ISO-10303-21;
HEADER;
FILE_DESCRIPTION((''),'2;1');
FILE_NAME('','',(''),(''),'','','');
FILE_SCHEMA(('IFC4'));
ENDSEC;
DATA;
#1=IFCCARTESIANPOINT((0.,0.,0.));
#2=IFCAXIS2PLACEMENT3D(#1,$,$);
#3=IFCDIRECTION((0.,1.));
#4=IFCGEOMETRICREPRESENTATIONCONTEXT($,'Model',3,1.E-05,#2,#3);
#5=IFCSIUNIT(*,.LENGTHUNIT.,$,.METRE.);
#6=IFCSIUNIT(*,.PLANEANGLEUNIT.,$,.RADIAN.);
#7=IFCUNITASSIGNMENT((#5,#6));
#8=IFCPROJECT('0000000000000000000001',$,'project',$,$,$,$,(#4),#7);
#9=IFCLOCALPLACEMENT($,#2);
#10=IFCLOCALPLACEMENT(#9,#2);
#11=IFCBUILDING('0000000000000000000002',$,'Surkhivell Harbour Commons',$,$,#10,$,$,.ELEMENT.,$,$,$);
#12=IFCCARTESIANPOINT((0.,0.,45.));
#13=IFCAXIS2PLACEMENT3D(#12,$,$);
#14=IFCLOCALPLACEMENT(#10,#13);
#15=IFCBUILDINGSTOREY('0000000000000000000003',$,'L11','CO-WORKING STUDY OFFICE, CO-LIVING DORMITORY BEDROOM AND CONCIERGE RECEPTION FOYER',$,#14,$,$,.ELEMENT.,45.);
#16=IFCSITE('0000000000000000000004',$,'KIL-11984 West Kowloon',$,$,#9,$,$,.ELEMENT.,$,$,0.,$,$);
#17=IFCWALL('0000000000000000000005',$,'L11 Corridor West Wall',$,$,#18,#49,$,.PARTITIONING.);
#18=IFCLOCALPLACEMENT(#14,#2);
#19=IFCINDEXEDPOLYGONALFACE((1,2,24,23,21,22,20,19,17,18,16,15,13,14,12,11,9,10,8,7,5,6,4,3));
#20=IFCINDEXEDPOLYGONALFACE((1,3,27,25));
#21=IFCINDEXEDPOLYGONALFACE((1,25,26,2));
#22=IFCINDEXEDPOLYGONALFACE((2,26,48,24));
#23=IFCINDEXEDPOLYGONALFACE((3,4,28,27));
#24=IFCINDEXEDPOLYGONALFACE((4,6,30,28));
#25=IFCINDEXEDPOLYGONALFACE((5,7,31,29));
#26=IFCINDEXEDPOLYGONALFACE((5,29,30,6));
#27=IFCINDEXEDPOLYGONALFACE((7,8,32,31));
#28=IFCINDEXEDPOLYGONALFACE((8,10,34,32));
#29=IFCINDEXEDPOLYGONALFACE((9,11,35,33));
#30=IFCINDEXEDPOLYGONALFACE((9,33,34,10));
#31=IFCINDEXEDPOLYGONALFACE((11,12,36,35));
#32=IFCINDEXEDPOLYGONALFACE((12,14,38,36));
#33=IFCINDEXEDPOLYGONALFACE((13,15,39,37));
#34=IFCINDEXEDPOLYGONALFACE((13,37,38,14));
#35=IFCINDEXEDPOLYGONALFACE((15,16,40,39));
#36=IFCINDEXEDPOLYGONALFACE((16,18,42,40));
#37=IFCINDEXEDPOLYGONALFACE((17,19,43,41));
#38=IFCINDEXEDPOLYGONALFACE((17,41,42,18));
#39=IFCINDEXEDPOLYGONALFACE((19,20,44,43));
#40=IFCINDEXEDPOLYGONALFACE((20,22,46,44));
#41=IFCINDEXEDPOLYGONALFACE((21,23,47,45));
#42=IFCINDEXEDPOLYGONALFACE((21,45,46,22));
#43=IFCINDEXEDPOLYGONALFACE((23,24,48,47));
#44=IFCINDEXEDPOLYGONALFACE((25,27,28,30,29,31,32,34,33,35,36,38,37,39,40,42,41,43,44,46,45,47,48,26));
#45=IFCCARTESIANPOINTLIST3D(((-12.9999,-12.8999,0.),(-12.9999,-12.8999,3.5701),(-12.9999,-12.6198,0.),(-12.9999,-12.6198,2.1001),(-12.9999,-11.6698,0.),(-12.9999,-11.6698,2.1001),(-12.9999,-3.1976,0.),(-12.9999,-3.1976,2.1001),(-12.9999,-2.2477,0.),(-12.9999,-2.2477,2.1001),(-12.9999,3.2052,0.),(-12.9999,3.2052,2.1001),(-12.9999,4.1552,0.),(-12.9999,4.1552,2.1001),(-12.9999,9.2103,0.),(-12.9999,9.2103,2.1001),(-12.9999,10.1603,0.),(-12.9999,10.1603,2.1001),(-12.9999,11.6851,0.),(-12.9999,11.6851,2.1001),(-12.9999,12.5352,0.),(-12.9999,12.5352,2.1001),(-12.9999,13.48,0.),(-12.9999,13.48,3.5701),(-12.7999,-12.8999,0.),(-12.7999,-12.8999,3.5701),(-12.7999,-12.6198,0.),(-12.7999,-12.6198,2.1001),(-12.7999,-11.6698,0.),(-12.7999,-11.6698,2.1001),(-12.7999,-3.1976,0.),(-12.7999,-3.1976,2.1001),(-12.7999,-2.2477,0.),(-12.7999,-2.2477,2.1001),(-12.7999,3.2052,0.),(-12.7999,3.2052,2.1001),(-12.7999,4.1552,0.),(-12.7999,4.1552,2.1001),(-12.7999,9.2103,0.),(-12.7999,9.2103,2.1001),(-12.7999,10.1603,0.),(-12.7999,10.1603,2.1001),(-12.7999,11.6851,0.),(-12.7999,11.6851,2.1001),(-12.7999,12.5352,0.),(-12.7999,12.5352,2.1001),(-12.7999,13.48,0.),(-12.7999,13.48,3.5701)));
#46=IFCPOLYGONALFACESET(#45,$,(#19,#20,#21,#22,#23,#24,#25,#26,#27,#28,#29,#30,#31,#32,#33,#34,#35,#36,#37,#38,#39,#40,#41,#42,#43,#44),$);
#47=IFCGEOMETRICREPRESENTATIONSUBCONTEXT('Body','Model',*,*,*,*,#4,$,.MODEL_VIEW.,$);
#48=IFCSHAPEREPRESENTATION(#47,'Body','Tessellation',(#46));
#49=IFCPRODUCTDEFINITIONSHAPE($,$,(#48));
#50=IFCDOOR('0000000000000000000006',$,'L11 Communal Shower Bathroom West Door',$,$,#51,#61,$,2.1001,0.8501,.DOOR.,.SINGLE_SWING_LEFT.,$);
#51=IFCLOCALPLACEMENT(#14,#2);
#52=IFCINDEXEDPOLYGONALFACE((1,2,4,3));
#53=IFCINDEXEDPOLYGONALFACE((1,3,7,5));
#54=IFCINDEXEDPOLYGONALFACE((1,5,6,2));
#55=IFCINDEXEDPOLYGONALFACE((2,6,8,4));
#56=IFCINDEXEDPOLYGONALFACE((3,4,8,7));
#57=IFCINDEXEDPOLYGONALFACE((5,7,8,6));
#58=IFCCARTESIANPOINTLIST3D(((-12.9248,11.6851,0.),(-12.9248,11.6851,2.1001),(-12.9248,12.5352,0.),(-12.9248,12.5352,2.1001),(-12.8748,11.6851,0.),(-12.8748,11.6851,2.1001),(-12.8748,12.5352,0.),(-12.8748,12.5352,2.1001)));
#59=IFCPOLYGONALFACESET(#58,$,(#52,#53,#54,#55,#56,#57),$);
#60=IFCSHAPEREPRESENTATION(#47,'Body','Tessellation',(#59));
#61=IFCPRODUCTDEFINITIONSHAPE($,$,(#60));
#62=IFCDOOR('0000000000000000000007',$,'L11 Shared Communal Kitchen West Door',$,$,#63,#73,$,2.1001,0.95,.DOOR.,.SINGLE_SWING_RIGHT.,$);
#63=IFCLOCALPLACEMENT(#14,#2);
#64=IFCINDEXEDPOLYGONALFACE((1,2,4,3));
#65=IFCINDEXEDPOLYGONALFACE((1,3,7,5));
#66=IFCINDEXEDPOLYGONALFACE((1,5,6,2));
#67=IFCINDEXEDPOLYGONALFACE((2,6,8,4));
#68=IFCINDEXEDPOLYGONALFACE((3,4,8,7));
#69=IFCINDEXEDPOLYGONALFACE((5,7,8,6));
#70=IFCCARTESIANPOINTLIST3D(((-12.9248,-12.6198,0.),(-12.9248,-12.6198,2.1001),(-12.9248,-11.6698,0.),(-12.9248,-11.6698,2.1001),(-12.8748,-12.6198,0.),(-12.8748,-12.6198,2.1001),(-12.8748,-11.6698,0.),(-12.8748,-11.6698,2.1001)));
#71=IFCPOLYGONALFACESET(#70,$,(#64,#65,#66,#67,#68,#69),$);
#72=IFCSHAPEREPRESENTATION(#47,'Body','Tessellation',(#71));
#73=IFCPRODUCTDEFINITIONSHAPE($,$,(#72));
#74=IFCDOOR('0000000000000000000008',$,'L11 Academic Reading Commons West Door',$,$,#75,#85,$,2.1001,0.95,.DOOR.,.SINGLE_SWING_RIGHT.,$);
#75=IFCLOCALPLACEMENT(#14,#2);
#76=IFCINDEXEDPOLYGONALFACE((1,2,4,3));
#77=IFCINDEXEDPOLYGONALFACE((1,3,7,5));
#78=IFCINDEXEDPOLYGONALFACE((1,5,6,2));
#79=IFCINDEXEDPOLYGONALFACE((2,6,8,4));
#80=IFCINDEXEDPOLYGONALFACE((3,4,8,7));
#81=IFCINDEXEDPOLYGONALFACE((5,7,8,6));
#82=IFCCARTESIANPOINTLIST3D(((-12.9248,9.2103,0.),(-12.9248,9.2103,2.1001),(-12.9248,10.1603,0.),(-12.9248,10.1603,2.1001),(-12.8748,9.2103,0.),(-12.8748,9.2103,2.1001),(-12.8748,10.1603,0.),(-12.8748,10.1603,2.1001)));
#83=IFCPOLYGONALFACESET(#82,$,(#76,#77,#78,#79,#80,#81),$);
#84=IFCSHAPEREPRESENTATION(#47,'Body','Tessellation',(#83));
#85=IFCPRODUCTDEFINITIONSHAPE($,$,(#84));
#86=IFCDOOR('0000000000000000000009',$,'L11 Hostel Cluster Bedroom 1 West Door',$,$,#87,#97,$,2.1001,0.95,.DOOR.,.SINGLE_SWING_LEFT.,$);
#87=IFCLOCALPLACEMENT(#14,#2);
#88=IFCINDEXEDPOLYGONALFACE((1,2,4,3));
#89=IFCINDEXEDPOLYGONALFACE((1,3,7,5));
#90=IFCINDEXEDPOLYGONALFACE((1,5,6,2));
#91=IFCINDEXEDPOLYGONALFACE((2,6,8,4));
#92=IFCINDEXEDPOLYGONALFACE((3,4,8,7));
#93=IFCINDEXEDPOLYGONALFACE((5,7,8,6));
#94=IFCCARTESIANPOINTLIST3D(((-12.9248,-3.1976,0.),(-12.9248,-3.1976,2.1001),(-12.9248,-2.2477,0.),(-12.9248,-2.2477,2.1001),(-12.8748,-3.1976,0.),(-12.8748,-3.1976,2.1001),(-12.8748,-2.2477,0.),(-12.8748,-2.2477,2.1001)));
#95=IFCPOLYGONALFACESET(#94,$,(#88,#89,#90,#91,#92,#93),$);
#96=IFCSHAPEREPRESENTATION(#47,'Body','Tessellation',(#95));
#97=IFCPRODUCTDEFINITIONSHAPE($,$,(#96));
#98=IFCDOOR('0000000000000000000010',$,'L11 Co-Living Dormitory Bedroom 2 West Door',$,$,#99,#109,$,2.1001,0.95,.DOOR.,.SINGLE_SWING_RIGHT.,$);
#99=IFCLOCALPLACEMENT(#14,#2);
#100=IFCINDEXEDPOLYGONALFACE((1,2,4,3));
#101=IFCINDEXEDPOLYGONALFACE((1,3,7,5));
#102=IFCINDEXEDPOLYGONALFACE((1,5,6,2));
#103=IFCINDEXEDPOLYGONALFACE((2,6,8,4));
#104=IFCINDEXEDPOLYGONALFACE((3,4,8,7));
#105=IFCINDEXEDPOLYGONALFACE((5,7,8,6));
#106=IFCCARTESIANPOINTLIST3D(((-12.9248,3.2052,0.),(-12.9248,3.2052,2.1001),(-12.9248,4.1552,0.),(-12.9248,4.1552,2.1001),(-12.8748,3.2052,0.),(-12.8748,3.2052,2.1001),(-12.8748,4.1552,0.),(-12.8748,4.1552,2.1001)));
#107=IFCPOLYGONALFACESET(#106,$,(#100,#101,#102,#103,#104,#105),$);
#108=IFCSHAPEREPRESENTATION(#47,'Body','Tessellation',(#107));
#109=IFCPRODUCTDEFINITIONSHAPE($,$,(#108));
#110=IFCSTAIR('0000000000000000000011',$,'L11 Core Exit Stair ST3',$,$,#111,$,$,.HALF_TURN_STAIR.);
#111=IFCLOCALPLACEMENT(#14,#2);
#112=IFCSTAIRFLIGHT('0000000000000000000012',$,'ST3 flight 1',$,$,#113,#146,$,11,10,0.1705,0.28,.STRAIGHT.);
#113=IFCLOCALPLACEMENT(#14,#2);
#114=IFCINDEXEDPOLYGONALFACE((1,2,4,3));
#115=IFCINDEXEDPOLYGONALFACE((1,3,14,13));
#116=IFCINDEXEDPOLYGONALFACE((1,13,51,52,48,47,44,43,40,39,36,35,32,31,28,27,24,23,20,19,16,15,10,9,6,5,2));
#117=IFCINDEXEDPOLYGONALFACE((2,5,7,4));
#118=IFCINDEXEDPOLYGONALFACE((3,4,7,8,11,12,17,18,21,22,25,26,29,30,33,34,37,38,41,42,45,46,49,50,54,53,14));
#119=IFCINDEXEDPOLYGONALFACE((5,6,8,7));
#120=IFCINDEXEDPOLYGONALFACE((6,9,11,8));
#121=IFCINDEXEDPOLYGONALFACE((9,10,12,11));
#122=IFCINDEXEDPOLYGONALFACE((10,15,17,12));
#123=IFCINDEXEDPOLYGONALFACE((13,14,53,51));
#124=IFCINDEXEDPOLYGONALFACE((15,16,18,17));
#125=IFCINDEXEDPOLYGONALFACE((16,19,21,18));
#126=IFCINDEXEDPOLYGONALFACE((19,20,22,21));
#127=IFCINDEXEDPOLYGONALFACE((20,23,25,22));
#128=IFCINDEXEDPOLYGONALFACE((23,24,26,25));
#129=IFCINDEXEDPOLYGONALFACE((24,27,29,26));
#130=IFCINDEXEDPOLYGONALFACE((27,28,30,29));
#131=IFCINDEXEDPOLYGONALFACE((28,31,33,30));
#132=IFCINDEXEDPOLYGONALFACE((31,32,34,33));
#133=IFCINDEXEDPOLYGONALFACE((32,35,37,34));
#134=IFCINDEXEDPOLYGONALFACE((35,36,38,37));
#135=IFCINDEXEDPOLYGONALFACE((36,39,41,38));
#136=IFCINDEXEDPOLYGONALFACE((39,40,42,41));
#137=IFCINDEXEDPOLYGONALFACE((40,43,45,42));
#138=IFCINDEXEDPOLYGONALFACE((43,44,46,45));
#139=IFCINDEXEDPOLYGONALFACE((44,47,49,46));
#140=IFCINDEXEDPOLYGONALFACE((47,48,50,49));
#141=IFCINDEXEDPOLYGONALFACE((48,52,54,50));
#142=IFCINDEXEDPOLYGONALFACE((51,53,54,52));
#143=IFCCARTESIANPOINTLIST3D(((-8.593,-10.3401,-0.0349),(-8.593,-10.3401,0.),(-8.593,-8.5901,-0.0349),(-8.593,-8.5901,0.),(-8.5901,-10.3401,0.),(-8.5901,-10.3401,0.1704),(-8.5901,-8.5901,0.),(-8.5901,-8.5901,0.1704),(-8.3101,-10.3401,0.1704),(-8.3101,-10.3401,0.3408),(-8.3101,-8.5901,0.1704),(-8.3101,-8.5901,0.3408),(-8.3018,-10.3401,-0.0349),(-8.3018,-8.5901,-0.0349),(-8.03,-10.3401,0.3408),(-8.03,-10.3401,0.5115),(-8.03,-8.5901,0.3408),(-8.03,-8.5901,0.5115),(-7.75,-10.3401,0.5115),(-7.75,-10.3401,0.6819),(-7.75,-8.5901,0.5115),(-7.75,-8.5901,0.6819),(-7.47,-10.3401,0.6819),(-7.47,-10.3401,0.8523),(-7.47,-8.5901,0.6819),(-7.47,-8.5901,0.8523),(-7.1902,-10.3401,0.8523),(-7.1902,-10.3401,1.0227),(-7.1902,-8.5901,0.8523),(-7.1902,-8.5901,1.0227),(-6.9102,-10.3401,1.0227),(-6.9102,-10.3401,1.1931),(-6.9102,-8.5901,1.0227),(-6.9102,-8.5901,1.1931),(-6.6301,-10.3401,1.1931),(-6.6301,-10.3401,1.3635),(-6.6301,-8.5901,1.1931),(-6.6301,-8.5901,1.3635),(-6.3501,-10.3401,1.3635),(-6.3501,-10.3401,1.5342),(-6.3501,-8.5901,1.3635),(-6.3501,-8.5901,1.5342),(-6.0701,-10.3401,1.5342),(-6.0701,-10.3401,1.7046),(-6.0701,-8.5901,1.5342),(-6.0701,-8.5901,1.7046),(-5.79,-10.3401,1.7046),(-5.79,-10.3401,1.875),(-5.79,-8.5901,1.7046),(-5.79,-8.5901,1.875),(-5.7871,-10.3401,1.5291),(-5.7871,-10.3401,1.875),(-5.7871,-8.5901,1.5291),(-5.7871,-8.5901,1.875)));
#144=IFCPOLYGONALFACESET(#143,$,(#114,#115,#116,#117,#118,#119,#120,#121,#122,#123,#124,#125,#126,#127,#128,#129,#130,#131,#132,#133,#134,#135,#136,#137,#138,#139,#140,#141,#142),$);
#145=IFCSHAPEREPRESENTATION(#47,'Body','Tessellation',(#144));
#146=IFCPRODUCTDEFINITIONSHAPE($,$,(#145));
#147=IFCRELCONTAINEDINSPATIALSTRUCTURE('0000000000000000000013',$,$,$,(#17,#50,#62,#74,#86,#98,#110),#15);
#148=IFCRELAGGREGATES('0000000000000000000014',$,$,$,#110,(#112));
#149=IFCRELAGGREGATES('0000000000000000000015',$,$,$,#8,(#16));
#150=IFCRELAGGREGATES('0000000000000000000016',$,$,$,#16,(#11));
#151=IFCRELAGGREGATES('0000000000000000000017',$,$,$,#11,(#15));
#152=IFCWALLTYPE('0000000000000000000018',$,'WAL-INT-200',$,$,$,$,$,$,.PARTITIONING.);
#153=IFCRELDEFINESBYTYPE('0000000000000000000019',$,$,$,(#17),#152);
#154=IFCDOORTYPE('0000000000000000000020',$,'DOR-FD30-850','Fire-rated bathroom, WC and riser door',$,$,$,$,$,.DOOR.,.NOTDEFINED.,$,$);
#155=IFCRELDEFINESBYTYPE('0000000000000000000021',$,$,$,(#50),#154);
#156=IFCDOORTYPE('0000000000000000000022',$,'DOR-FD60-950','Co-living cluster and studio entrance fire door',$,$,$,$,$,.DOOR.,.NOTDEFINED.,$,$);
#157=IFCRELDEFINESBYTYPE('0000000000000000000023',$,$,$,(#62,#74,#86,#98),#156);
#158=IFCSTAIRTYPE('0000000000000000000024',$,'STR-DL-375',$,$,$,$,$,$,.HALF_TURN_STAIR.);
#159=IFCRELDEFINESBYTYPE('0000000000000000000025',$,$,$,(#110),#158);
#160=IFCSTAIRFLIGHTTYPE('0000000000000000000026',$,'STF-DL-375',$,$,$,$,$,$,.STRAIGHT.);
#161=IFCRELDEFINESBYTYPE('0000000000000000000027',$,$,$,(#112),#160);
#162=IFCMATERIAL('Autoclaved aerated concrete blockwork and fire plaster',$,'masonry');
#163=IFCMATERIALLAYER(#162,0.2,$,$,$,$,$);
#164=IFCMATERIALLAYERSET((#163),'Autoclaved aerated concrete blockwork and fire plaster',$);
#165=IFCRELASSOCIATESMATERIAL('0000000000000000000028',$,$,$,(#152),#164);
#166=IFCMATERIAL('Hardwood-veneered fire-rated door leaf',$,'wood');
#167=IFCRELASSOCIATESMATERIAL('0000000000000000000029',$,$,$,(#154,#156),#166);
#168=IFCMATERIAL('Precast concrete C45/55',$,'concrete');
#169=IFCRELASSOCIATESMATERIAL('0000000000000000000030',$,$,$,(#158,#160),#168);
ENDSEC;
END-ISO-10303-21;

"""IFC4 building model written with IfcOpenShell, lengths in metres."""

from ifc_helpers import new_model, si_unit, direction, frame, frame_2d, origin, place, context, subcontext, project, spatial, polyline, rectangle, outline, extrude, material, layer, layer_set, type_object, element, fill, aggregate, save


model = new_model("IFC4")

# Units and contexts
model_context = context("Model", 3, precision=1e-05, world=origin(), true_north=direction((0.0, 1.0)))
body_context = subcontext(model_context, "Body", "Model", "MODEL_VIEW")
ifc_project = project(units=[si_unit("LENGTHUNIT", "METRE"), si_unit("PLANEANGLEUNIT", "RADIAN")], contexts=[model_context])

# Site, building, storey
site_placement = place(None, origin())
site = spatial("IfcSite", under=ifc_project, at=site_placement, Name="KIL-11984 West Kowloon", CompositionType="ELEMENT", RefElevation=0.0)
building_placement = place(site_placement, origin())
building = spatial("IfcBuilding", under=site, at=building_placement, Name="Surkhivell Harbour Commons", CompositionType="ELEMENT")
storey_placement = place(building_placement, frame((0.0, 0.0, 45.0)))
storey = spatial("IfcBuildingStorey", under=building, at=storey_placement, Name="L11", Description="CO-WORKING STUDY OFFICE, CO-LIVING DORMITORY BEDROOM AND CONCIERGE RECEPTION FOYER", CompositionType="ELEMENT", Elevation=45.0)

# Wall, openings, doors
ifc_material_1 = material(Name="Autoclaved aerated concrete blockwork and fire plaster", Category="masonry")
ifc_layer_1 = layer(ifc_material_1, 0.2)
ifc_layer_set_1 = layer_set([ifc_layer_1], Name="Autoclaved aerated concrete blockwork and fire plaster")
wall_type_1 = type_object("IfcWallType", Name="WAL-INT-200", PredefinedType="PARTITIONING", material=ifc_layer_set_1)
ifc_material_2 = material(Name="Hardwood-veneered fire-rated door leaf", Category="wood")
door_type_1 = type_object("IfcDoorType", Name="DOR-FD30-850", Description="Fire-rated bathroom, WC and riser door", OperationType="NOTDEFINED", PredefinedType="DOOR", material=ifc_material_2)
door_type_2 = type_object("IfcDoorType", Name="DOR-FD60-950", Description="Co-living cluster and studio entrance fire door", OperationType="NOTDEFINED", PredefinedType="DOOR", material=ifc_material_2)
wall_1_placement = place(storey_placement, frame((-12.8999, -12.8999, 0.0), z_axis=(0.0, 0.0, 1.0), x_axis=(0.0, 1.0, 0.0)))
wall_1 = element("IfcWall", 1, at=wall_1_placement, inside=storey, type_object=wall_type_1, Name="L11 Corridor West Wall", PredefinedType="PARTITIONING", context=body_context, shape_type="SweptSolid", body=[
    extrude(rectangle(XDim=26.3799, YDim=0.2, at=frame_2d((13.1899, 0.0))), origin(), (0.0, 0.0, 1.0), 3.5701),
])
opening_1_placement = place(wall_1_placement, frame((0.28, 0.0, 0.0)))
opening_1 = element("IfcOpeningElement", 2, at=opening_1_placement, cuts=wall_1, PredefinedType="OPENING", context=body_context, shape_type="SweptSolid", body=[
    extrude(rectangle(XDim=0.95, YDim=2.1001, at=frame_2d((0.4751, 1.05))), frame((0.0, 0.1099, 0.0), z_axis=(0.0, -1.0, 0.0), x_axis=(1.0, 0.0, 0.0)), (0.0, 0.0, 1.0), 0.22),
])
opening_2_placement = place(wall_1_placement, frame((24.585, 0.0, 0.0)))
opening_2 = element("IfcOpeningElement", 3, at=opening_2_placement, cuts=wall_1, PredefinedType="OPENING", context=body_context, shape_type="SweptSolid", body=[
    extrude(rectangle(XDim=0.8501, YDim=2.1001, at=frame_2d((0.425, 1.05))), frame((0.0, 0.1099, 0.0), z_axis=(0.0, -1.0, 0.0), x_axis=(1.0, 0.0, 0.0)), (0.0, 0.0, 1.0), 0.22),
])
opening_3_placement = place(wall_1_placement, frame((22.1101, 0.0, 0.0)))
opening_3 = element("IfcOpeningElement", 4, at=opening_3_placement, cuts=wall_1, PredefinedType="OPENING", context=body_context, shape_type="SweptSolid", body=[
    extrude(rectangle(XDim=0.95, YDim=2.1001, at=frame_2d((0.4751, 1.05))), frame((0.0, 0.1099, 0.0), z_axis=(0.0, -1.0, 0.0), x_axis=(1.0, 0.0, 0.0)), (0.0, 0.0, 1.0), 0.22),
])
opening_4_placement = place(wall_1_placement, frame((9.7021, 0.0, 0.0)))
opening_4 = element("IfcOpeningElement", 5, at=opening_4_placement, cuts=wall_1, PredefinedType="OPENING", context=body_context, shape_type="SweptSolid", body=[
    extrude(rectangle(XDim=0.95, YDim=2.1001, at=frame_2d((0.4751, 1.05))), frame((0.0, 0.1099, 0.0), z_axis=(0.0, -1.0, 0.0), x_axis=(1.0, 0.0, 0.0)), (0.0, 0.0, 1.0), 0.22),
])
opening_5_placement = place(wall_1_placement, frame((16.105, 0.0, 0.0)))
opening_5 = element("IfcOpeningElement", 6, at=opening_5_placement, cuts=wall_1, PredefinedType="OPENING", context=body_context, shape_type="SweptSolid", body=[
    extrude(rectangle(XDim=0.95, YDim=2.1001, at=frame_2d((0.4751, 1.05))), frame((0.0, 0.1099, 0.0), z_axis=(0.0, -1.0, 0.0), x_axis=(1.0, 0.0, 0.0)), (0.0, 0.0, 1.0), 0.22),
])
door_1_placement = place(opening_2_placement, origin())
door_1 = element("IfcDoor", 7, at=door_1_placement, inside=storey, type_object=door_type_1, Name="L11 Communal Shower Bathroom West Door", OperationType="SINGLE_SWING_LEFT", OverallHeight=2.1001, OverallWidth=0.8501, PredefinedType="DOOR", context=body_context, shape_type="SweptSolid", body=[
    extrude(rectangle(XDim=0.8501, YDim=2.1001, at=frame_2d((0.425, 1.05))), frame((0.0, 0.0249, 0.0), z_axis=(0.0, -1.0, 0.0), x_axis=(1.0, 0.0, 0.0)), (0.0, 0.0, 1.0), 0.05),
])
fill(opening_2, door_1)
door_2_placement = place(opening_1_placement, origin())
door_2 = element("IfcDoor", 8, at=door_2_placement, inside=storey, type_object=door_type_2, Name="L11 Shared Communal Kitchen West Door", OperationType="SINGLE_SWING_RIGHT", OverallHeight=2.1001, OverallWidth=0.95, PredefinedType="DOOR", context=body_context, shape_type="SweptSolid", body=[
    extrude(rectangle(XDim=0.95, YDim=2.1001, at=frame_2d((0.4751, 1.05))), frame((0.0, 0.0249, 0.0), z_axis=(0.0, -1.0, 0.0), x_axis=(1.0, 0.0, 0.0)), (0.0, 0.0, 1.0), 0.05),
])
fill(opening_1, door_2)
door_3_placement = place(opening_3_placement, origin())
door_3 = element("IfcDoor", 9, at=door_3_placement, inside=storey, type_object=door_type_2, Name="L11 Academic Reading Commons West Door", OperationType="SINGLE_SWING_RIGHT", OverallHeight=2.1001, OverallWidth=0.95, PredefinedType="DOOR", context=body_context, shape_type="SweptSolid", body=[
    extrude(rectangle(XDim=0.95, YDim=2.1001, at=frame_2d((0.4751, 1.05))), frame((0.0, 0.0249, 0.0), z_axis=(0.0, -1.0, 0.0), x_axis=(1.0, 0.0, 0.0)), (0.0, 0.0, 1.0), 0.05),
])
fill(opening_3, door_3)
door_4_placement = place(opening_4_placement, origin())
door_4 = element("IfcDoor", 10, at=door_4_placement, inside=storey, type_object=door_type_2, Name="L11 Hostel Cluster Bedroom 1 West Door", OperationType="SINGLE_SWING_LEFT", OverallHeight=2.1001, OverallWidth=0.95, PredefinedType="DOOR", context=body_context, shape_type="SweptSolid", body=[
    extrude(rectangle(XDim=0.95, YDim=2.1001, at=frame_2d((0.4751, 1.05))), frame((0.0, 0.0249, 0.0), z_axis=(0.0, -1.0, 0.0), x_axis=(1.0, 0.0, 0.0)), (0.0, 0.0, 1.0), 0.05),
])
fill(opening_4, door_4)
door_5_placement = place(opening_5_placement, origin())
door_5 = element("IfcDoor", 11, at=door_5_placement, inside=storey, type_object=door_type_2, Name="L11 Co-Living Dormitory Bedroom 2 West Door", OperationType="SINGLE_SWING_RIGHT", OverallHeight=2.1001, OverallWidth=0.95, PredefinedType="DOOR", context=body_context, shape_type="SweptSolid", body=[
    extrude(rectangle(XDim=0.95, YDim=2.1001, at=frame_2d((0.4751, 1.05))), frame((0.0, 0.0249, 0.0), z_axis=(0.0, -1.0, 0.0), x_axis=(1.0, 0.0, 0.0)), (0.0, 0.0, 1.0), 0.05),
])
fill(opening_5, door_5)

# Stair, stair flight
ifc_material_3 = material(Name="Precast concrete C45/55", Category="concrete")
stair_type = type_object("IfcStairType", Name="STR-DL-375", PredefinedType="HALF_TURN_STAIR", material=ifc_material_3)
stair_placement = place(storey_placement, origin())
stair = element("IfcStair", 12, at=stair_placement, inside=storey, type_object=stair_type, Name="L11 Core Exit Stair ST3", PredefinedType="HALF_TURN_STAIR")
stair_flight_type = type_object("IfcStairFlightType", Name="STF-DL-375", PredefinedType="STRAIGHT", material=ifc_material_3)
stair_flight_placement = place(storey_placement, frame((-8.5901, -9.4651, 0.0), z_axis=(0.0, 0.0, 1.0), x_axis=(1.0, 0.0, 0.0)))
stair_flight = element("IfcStairFlight", 13, at=stair_flight_placement, type_object=stair_flight_type, Name="ST3 flight 1", NumberOfRisers=11, NumberOfTreads=10, PredefinedType="STRAIGHT", RiserHeight=0.1705, TreadLength=0.28, context=body_context, shape_type="SweptSolid", body=[
    extrude(outline(polyline([(-0.0029, -0.0349), (-0.0029, 0.0), (0.0, 0.0), (0.0, 0.1704), (0.28, 0.1704), (0.28, 0.3408), (0.5601, 0.3408), (0.5601, 0.5115), (0.8401, 0.5115), (0.8401, 0.6819), (1.1201, 0.6819), (1.1201, 0.8523), (1.3999, 0.8523), (1.3999, 1.0227), (1.6799, 1.0227), (1.6799, 1.1931), (1.96, 1.1931), (1.96, 1.3635), (2.24, 1.3635), (2.24, 1.5342), (2.52, 1.5342), (2.52, 1.7046), (2.8, 1.7046), (2.8, 1.875), (2.803, 1.875), (2.803, 1.5291), (0.2883, -0.0349), (-0.0029, -0.0349)])), frame((0.0, 0.875, 0.0), z_axis=(0.0, -1.0, 0.0), x_axis=(1.0, 0.0, 0.0)), (0.0, 0.0, 1.0), 1.75),
])
aggregate(stair, [stair_flight])

save(model, "model.ifc")
